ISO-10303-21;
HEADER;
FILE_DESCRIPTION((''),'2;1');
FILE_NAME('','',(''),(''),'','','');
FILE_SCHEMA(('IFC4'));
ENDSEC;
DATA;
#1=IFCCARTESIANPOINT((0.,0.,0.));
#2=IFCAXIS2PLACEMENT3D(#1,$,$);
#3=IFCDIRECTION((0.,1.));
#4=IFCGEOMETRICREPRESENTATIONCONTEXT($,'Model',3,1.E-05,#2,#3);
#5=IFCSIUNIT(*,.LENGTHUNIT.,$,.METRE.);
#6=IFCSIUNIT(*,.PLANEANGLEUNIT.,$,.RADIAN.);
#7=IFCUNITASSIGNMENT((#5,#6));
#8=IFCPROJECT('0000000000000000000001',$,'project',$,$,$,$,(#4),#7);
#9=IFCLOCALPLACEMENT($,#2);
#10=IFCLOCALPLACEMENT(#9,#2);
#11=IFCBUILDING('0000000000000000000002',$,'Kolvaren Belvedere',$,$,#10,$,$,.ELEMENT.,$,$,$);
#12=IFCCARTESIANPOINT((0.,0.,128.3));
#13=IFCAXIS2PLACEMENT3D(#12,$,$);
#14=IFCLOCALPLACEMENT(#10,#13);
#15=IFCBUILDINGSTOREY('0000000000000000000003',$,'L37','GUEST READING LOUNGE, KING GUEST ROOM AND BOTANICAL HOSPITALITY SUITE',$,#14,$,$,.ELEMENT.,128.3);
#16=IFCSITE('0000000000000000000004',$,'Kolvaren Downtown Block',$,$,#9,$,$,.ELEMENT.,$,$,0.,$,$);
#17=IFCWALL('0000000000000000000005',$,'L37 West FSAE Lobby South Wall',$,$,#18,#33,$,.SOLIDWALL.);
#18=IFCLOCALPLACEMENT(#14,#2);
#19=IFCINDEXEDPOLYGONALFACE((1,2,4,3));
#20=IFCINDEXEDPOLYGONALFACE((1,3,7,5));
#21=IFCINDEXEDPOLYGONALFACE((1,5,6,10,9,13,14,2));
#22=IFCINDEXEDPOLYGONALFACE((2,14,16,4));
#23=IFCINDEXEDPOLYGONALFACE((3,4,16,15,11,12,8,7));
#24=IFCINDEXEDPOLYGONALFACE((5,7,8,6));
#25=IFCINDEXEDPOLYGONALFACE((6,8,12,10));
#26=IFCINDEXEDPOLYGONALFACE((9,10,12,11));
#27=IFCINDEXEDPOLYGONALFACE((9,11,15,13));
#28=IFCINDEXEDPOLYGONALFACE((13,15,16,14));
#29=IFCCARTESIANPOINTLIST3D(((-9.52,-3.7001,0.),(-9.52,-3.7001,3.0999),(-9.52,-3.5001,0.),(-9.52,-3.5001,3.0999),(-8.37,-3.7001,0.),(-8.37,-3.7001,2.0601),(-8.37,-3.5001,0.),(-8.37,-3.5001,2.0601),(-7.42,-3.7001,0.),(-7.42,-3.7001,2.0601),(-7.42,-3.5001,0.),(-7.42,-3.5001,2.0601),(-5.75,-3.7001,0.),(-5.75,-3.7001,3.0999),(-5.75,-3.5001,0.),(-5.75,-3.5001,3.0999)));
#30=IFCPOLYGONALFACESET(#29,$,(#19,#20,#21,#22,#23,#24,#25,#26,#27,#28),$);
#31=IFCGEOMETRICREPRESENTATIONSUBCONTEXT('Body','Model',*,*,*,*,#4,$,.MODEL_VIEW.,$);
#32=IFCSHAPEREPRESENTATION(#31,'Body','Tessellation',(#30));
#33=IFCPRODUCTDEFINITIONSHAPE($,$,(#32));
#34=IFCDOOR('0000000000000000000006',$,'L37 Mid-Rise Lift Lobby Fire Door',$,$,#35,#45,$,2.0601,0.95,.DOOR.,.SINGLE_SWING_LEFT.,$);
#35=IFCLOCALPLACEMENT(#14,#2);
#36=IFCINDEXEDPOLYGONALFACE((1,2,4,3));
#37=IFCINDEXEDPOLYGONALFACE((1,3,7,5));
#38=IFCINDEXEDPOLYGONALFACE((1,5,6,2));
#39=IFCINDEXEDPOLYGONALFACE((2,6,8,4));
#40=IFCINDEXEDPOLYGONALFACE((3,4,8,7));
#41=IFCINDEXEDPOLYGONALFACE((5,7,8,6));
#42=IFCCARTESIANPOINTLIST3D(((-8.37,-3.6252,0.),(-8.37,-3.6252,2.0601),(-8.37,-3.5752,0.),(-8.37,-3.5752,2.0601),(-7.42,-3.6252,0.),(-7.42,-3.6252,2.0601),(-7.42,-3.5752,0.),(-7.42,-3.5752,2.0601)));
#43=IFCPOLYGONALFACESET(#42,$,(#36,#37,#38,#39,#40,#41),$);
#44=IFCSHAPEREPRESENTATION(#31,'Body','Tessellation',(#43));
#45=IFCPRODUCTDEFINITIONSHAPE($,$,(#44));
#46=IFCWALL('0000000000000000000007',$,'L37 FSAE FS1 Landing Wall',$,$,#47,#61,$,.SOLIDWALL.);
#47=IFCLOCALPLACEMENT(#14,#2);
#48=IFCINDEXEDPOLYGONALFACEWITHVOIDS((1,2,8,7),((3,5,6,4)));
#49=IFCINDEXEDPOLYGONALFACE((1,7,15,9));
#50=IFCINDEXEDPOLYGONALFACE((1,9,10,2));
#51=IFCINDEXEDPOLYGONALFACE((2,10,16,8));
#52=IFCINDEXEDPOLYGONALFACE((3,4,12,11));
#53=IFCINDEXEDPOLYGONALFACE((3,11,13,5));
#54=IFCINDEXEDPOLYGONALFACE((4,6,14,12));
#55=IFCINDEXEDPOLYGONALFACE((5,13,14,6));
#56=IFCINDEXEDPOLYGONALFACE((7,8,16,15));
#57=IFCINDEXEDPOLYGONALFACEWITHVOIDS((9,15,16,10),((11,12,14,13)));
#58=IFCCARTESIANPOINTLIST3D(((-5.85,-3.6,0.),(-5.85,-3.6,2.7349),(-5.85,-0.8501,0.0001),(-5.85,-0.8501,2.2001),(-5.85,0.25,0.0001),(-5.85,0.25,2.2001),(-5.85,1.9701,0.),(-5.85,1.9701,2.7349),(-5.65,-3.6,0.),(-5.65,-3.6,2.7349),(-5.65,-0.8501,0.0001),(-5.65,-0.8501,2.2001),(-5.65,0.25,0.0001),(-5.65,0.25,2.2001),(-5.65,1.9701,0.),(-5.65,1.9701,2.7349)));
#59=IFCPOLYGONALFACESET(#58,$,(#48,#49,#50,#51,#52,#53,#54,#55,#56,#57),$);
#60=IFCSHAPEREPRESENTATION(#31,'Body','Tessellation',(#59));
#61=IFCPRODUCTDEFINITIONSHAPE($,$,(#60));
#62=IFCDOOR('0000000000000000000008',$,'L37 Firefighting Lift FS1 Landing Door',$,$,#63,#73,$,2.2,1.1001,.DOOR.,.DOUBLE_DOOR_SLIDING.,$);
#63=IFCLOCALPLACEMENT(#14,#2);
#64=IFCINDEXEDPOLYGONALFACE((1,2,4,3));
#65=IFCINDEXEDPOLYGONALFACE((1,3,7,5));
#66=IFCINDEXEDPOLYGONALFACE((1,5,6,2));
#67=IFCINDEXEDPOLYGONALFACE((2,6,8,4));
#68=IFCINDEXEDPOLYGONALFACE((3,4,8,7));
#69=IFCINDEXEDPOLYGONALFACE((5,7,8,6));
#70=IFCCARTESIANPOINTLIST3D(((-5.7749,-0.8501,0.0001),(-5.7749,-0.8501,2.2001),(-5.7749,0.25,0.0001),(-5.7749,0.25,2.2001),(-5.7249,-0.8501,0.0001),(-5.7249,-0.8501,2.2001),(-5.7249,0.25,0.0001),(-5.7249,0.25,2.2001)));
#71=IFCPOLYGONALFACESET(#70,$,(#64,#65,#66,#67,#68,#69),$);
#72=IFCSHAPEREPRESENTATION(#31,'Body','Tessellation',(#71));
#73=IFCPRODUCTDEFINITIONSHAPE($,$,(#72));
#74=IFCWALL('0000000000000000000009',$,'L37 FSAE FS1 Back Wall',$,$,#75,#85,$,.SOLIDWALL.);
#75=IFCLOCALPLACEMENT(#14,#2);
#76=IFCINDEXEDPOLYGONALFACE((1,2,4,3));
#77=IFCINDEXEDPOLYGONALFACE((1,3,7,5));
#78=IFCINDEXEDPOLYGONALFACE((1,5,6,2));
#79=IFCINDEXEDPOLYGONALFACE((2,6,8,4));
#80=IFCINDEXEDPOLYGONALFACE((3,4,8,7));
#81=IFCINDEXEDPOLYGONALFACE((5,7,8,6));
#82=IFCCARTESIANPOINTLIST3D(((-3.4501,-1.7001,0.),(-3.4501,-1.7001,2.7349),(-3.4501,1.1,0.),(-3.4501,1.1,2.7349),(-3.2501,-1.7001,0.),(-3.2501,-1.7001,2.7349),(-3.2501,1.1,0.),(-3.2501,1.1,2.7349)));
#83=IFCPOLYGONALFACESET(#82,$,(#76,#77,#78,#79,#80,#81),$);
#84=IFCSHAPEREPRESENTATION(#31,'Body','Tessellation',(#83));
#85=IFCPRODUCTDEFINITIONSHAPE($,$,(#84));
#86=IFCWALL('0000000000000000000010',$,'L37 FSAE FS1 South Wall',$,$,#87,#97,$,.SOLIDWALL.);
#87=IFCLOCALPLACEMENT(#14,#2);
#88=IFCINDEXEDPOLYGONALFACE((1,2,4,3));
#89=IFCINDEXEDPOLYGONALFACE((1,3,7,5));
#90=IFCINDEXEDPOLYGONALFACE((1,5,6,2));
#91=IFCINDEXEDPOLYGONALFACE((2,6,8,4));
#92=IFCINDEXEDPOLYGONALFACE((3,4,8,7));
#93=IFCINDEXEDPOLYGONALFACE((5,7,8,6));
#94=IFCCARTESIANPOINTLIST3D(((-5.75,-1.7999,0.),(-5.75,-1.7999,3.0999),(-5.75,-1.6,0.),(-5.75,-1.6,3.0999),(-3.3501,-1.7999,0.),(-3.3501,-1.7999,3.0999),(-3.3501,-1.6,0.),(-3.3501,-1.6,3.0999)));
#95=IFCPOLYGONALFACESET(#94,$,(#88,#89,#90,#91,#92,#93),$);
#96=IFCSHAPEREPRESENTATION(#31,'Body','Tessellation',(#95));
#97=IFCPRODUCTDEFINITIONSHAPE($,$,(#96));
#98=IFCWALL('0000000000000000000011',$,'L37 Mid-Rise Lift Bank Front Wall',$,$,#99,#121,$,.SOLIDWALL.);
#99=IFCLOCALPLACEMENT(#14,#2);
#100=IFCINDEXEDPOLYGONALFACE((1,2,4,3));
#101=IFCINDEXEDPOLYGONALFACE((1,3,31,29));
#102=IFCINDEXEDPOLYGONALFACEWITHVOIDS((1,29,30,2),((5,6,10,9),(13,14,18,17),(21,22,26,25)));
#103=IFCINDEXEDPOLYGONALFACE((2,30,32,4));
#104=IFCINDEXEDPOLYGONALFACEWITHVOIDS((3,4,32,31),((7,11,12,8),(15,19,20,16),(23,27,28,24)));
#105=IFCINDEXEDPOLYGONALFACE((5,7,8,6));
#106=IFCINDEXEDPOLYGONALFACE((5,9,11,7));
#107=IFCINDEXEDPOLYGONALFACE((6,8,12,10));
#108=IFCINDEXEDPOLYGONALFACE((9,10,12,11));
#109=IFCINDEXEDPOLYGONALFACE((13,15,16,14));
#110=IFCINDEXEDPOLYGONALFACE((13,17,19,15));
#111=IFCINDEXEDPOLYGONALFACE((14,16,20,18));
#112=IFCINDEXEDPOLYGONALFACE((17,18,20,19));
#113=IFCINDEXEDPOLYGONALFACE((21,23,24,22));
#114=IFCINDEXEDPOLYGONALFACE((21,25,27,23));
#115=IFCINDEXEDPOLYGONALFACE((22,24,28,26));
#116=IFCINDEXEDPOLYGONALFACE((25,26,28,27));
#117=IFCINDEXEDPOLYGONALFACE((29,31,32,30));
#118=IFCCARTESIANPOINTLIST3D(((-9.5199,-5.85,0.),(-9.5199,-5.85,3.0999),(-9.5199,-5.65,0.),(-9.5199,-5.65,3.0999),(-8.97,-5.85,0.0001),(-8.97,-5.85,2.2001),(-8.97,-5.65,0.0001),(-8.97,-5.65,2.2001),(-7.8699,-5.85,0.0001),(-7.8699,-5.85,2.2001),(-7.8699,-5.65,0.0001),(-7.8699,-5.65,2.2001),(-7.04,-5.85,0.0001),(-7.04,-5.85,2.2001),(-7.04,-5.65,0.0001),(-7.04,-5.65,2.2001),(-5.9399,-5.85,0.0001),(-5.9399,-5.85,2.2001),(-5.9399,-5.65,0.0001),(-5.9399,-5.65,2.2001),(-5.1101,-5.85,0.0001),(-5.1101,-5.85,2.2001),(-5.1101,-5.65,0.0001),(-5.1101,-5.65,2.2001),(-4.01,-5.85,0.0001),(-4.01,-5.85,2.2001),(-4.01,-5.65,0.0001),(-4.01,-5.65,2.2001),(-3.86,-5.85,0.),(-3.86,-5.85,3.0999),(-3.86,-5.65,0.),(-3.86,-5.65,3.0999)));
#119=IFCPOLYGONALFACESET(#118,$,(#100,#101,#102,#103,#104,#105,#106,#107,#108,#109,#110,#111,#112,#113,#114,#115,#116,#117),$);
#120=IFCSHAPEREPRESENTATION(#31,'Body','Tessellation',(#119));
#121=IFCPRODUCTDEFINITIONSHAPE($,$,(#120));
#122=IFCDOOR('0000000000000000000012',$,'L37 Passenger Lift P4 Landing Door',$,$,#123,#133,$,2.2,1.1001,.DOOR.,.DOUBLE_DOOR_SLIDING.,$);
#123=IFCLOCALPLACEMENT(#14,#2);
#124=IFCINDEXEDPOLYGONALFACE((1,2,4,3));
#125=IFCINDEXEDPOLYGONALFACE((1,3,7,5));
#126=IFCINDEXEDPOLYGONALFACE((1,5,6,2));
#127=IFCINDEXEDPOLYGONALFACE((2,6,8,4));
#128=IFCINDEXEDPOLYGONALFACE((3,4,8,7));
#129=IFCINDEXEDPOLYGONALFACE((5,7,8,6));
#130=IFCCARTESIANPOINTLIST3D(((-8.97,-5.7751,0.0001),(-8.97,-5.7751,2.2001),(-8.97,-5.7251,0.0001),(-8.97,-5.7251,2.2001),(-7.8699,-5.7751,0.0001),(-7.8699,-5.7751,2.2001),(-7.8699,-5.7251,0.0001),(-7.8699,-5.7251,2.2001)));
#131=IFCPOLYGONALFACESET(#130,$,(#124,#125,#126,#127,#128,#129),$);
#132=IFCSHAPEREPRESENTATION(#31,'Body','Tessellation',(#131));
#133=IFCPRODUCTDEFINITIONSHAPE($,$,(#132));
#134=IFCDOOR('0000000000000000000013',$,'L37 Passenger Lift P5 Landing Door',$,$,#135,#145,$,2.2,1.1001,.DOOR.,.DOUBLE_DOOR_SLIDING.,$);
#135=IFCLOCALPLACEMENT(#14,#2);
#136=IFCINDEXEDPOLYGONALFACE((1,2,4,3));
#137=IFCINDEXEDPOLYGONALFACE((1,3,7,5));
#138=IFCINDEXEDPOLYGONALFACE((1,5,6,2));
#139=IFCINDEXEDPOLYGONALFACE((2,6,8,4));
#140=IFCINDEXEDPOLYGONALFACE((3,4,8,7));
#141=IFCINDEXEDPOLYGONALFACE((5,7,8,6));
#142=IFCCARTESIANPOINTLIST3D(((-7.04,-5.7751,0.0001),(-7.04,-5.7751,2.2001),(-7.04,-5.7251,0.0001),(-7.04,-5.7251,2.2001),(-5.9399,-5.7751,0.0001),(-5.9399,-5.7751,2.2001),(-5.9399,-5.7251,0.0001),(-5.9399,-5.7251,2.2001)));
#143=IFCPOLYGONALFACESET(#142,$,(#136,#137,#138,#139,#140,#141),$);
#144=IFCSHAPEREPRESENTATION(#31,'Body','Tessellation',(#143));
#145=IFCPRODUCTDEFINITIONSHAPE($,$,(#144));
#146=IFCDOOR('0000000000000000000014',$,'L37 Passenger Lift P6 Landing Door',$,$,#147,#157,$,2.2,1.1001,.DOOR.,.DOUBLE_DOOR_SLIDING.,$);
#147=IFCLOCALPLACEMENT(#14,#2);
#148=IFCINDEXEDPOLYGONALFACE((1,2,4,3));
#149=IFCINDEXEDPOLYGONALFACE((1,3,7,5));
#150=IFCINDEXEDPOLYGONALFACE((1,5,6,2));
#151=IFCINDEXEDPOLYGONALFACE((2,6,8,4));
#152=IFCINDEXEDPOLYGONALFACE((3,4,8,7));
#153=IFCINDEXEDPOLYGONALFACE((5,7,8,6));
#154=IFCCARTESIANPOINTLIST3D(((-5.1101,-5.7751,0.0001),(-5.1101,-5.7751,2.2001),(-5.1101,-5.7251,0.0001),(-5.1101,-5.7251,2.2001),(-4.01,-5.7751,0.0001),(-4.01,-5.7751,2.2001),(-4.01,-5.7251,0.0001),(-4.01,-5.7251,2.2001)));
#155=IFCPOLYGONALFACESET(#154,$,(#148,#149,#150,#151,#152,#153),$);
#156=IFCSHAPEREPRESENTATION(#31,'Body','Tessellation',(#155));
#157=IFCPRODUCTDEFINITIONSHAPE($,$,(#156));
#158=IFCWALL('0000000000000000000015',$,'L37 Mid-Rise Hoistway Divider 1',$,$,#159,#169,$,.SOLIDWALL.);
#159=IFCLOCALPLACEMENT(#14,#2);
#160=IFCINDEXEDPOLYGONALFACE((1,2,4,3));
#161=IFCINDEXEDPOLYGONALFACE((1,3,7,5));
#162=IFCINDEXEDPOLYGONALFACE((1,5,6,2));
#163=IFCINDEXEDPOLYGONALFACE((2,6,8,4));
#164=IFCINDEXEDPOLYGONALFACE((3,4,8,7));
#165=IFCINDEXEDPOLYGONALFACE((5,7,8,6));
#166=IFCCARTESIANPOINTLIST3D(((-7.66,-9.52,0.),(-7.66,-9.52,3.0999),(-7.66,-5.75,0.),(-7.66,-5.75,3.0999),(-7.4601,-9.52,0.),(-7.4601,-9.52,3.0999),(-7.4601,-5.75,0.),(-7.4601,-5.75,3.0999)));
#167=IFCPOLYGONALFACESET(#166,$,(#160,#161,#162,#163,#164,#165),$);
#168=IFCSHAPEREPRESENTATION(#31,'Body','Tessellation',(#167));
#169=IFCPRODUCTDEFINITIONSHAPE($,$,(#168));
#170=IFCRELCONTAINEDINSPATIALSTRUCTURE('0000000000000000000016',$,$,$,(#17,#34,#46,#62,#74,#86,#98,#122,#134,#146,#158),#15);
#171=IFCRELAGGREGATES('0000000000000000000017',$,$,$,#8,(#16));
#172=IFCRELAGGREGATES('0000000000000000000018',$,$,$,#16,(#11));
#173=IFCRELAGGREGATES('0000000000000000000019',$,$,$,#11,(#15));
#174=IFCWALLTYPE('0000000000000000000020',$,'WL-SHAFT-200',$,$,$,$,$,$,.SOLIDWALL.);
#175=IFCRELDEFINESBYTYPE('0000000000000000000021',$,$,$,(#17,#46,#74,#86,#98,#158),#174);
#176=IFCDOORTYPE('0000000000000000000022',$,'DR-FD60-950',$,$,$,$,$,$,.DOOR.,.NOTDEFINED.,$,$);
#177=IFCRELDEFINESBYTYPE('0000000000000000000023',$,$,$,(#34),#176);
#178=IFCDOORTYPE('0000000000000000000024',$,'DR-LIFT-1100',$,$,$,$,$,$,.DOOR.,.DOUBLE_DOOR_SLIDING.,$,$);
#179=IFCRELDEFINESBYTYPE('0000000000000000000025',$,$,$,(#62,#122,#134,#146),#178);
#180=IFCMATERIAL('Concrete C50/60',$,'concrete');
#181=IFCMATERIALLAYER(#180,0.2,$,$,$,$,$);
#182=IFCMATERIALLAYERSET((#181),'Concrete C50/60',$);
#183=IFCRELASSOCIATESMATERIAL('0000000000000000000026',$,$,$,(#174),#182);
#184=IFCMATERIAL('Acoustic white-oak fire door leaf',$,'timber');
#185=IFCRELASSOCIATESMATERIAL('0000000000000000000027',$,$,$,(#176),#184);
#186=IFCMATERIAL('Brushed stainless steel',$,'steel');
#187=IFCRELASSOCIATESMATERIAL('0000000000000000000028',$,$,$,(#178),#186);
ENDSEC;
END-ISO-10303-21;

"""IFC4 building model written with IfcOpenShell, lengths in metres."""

from ifc_helpers import new_model, si_unit, direction, frame, frame_2d, origin, place, context, subcontext, project, spatial, rectangle, extrude, material, layer, layer_set, type_object, element, fill, save


model = new_model("IFC4")

# Units and contexts
model_context = context("Model", 3, precision=1e-05, world=origin(), true_north=direction((0.0, 1.0)))
body_context = subcontext(model_context, "Body", "Model", "MODEL_VIEW")
ifc_project = project(units=[si_unit("LENGTHUNIT", "METRE"), si_unit("PLANEANGLEUNIT", "RADIAN")], contexts=[model_context])

# Site, building, storey
site_placement = place(None, origin())
site = spatial("IfcSite", under=ifc_project, at=site_placement, Name="Kolvaren Downtown Block", CompositionType="ELEMENT", RefElevation=0.0)
building_placement = place(site_placement, origin())
building = spatial("IfcBuilding", under=site, at=building_placement, Name="Kolvaren Belvedere", CompositionType="ELEMENT")
storey_placement = place(building_placement, frame((0.0, 0.0, 128.3)))
storey = spatial("IfcBuildingStorey", under=building, at=storey_placement, Name="L37", Description="GUEST READING LOUNGE, KING GUEST ROOM AND BOTANICAL HOSPITALITY SUITE", CompositionType="ELEMENT", Elevation=128.3)

# Walls, openings, doors
ifc_material_1 = material(Name="Concrete C50/60", Category="concrete")
ifc_layer_1 = layer(ifc_material_1, 0.2)
ifc_layer_set_1 = layer_set([ifc_layer_1], Name="Concrete C50/60")
wall_type_1 = type_object("IfcWallType", Name="WL-SHAFT-200", PredefinedType="SOLIDWALL", material=ifc_layer_set_1)
wall_1_placement = place(storey_placement, frame((-9.52, -3.6001, 0.0), z_axis=(0.0, 0.0, 1.0), x_axis=(1.0, 0.0, 0.0)))
wall_1 = element("IfcWall", 1, at=wall_1_placement, inside=storey, type_object=wall_type_1, Name="L37 West FSAE Lobby South Wall", PredefinedType="SOLIDWALL", context=body_context, shape_type="SweptSolid", body=[
    extrude(rectangle(XDim=3.77, YDim=0.2, at=frame_2d((1.885, 0.0))), origin(), (0.0, 0.0, 1.0), 3.0999),
])
opening_1_placement = place(wall_1_placement, frame((1.1499, 0.0, 0.0)))
opening_1 = element("IfcOpeningElement", 2, at=opening_1_placement, cuts=wall_1, PredefinedType="OPENING", context=body_context, shape_type="SweptSolid", body=[
    extrude(rectangle(XDim=0.95, YDim=2.0601, at=frame_2d((0.4751, 1.03))), frame((0.0, 0.1099, 0.0), z_axis=(0.0, -1.0, 0.0), x_axis=(1.0, 0.0, 0.0)), (0.0, 0.0, 1.0), 0.22),
])
ifc_material_2 = material(Name="Acoustic white-oak fire door leaf", Category="timber")
door_type_1 = type_object("IfcDoorType", Name="DR-FD60-950", OperationType="NOTDEFINED", PredefinedType="DOOR", material=ifc_material_2)
door_1_placement = place(opening_1_placement, origin())
door_1 = element("IfcDoor", 3, at=door_1_placement, inside=storey, type_object=door_type_1, Name="L37 Mid-Rise Lift Lobby Fire Door", OperationType="SINGLE_SWING_LEFT", OverallHeight=2.0601, OverallWidth=0.95, PredefinedType="DOOR", context=body_context, shape_type="SweptSolid", body=[
    extrude(rectangle(XDim=0.95, YDim=2.0601, at=frame_2d((0.4751, 1.03))), frame((0.0, 0.0249, 0.0), z_axis=(0.0, -1.0, 0.0), x_axis=(1.0, 0.0, 0.0)), (0.0, 0.0, 1.0), 0.05),
])
fill(opening_1, door_1)
wall_2_placement = place(storey_placement, frame((-5.75, -3.6001, 0.0), z_axis=(0.0, 0.0, 1.0), x_axis=(0.0, 1.0, 0.0)))
wall_2 = element("IfcWall", 4, at=wall_2_placement, inside=storey, type_object=wall_type_1, Name="L37 FSAE FS1 Landing Wall", PredefinedType="SOLIDWALL", context=body_context, shape_type="SweptSolid", body=[
    extrude(rectangle(XDim=5.5701, YDim=0.2, at=frame_2d((2.7852, 0.0))), origin(), (0.0, 0.0, 1.0), 2.7349),
])
opening_2_placement = place(wall_2_placement, frame((2.75, 0.0, 0.0)))
opening_2 = element("IfcOpeningElement", 5, at=opening_2_placement, cuts=wall_2, PredefinedType="OPENING", context=body_context, shape_type="SweptSolid", body=[
    extrude(rectangle(XDim=1.1001, YDim=2.2, at=frame_2d((0.55, 1.1001))), frame((0.0, 0.1099, 0.0), z_axis=(0.0, -1.0, 0.0), x_axis=(1.0, 0.0, 0.0)), (0.0, 0.0, 1.0), 0.22),
])
ifc_material_3 = material(Name="Brushed stainless steel", Category="steel")
door_type_2 = type_object("IfcDoorType", Name="DR-LIFT-1100", OperationType="DOUBLE_DOOR_SLIDING", PredefinedType="DOOR", material=ifc_material_3)
door_2_placement = place(opening_2_placement, origin())
door_2 = element("IfcDoor", 6, at=door_2_placement, inside=storey, type_object=door_type_2, Name="L37 Firefighting Lift FS1 Landing Door", OperationType="DOUBLE_DOOR_SLIDING", OverallHeight=2.2, OverallWidth=1.1001, PredefinedType="DOOR", context=body_context, shape_type="SweptSolid", body=[
    extrude(rectangle(XDim=1.1001, YDim=2.2, at=frame_2d((0.55, 1.1001))), frame((0.0, 0.0249, 0.0), z_axis=(0.0, -1.0, 0.0), x_axis=(1.0, 0.0, 0.0)), (0.0, 0.0, 1.0), 0.05),
])
fill(opening_2, door_2)

# Walls
wall_3_placement = place(storey_placement, frame((-3.3501, -1.7, 0.0), z_axis=(0.0, 0.0, 1.0), x_axis=(0.0, 1.0, 0.0)))
element("IfcWall", 7, at=wall_3_placement, inside=storey, type_object=wall_type_1, Name="L37 FSAE FS1 Back Wall", PredefinedType="SOLIDWALL", context=body_context, shape_type="SweptSolid", body=[
    extrude(rectangle(XDim=2.8, YDim=0.2, at=frame_2d((1.3999, 0.0))), origin(), (0.0, 0.0, 1.0), 2.7349),
])
wall_4_placement = place(storey_placement, frame((-5.75, -1.7, 0.0), z_axis=(0.0, 0.0, 1.0), x_axis=(1.0, 0.0, 0.0)))
element("IfcWall", 8, at=wall_4_placement, inside=storey, type_object=wall_type_1, Name="L37 FSAE FS1 South Wall", PredefinedType="SOLIDWALL", context=body_context, shape_type="SweptSolid", body=[
    extrude(rectangle(XDim=2.3999, YDim=0.2, at=frame_2d((1.2, 0.0))), origin(), (0.0, 0.0, 1.0), 3.0999),
])

# Wall, openings, doors
wall_5_placement = place(storey_placement, frame((-9.52, -5.75, 0.0), z_axis=(0.0, 0.0, 1.0), x_axis=(1.0, 0.0, 0.0)))
wall_5 = element("IfcWall", 9, at=wall_5_placement, inside=storey, type_object=wall_type_1, Name="L37 Mid-Rise Lift Bank Front Wall", PredefinedType="SOLIDWALL", context=body_context, shape_type="SweptSolid", body=[
    extrude(rectangle(XDim=5.6599, YDim=0.2, at=frame_2d((2.8301, 0.0))), origin(), (0.0, 0.0, 1.0), 3.0999),
])
opening_3_placement = place(wall_5_placement, frame((0.55, 0.0, 0.0)))
opening_3 = element("IfcOpeningElement", 10, at=opening_3_placement, cuts=wall_5, PredefinedType="OPENING", context=body_context, shape_type="SweptSolid", body=[
    extrude(rectangle(XDim=1.1001, YDim=2.2, at=frame_2d((0.55, 1.1001))), frame((0.0, 0.1099, 0.0), z_axis=(0.0, -1.0, 0.0), x_axis=(1.0, 0.0, 0.0)), (0.0, 0.0, 1.0), 0.22),
])
opening_4_placement = place(wall_5_placement, frame((2.48, 0.0, 0.0)))
opening_4 = element("IfcOpeningElement", 11, at=opening_4_placement, cuts=wall_5, PredefinedType="OPENING", context=body_context, shape_type="SweptSolid", body=[
    extrude(rectangle(XDim=1.1001, YDim=2.2, at=frame_2d((0.55, 1.1001))), frame((0.0, 0.1099, 0.0), z_axis=(0.0, -1.0, 0.0), x_axis=(1.0, 0.0, 0.0)), (0.0, 0.0, 1.0), 0.22),
])
opening_5_placement = place(wall_5_placement, frame((4.4099, 0.0, 0.0)))
opening_5 = element("IfcOpeningElement", 12, at=opening_5_placement, cuts=wall_5, PredefinedType="OPENING", context=body_context, shape_type="SweptSolid", body=[
    extrude(rectangle(XDim=1.1001, YDim=2.2, at=frame_2d((0.55, 1.1001))), frame((0.0, 0.1099, 0.0), z_axis=(0.0, -1.0, 0.0), x_axis=(1.0, 0.0, 0.0)), (0.0, 0.0, 1.0), 0.22),
])
door_3_placement = place(opening_3_placement, origin())
door_3 = element("IfcDoor", 13, at=door_3_placement, inside=storey, type_object=door_type_2, Name="L37 Passenger Lift P4 Landing Door", OperationType="DOUBLE_DOOR_SLIDING", OverallHeight=2.2, OverallWidth=1.1001, PredefinedType="DOOR", context=body_context, shape_type="SweptSolid", body=[
    extrude(rectangle(XDim=1.1001, YDim=2.2, at=frame_2d((0.55, 1.1001))), frame((0.0, 0.0249, 0.0), z_axis=(0.0, -1.0, 0.0), x_axis=(1.0, 0.0, 0.0)), (0.0, 0.0, 1.0), 0.05),
])
fill(opening_3, door_3)
door_4_placement = place(opening_4_placement, origin())
door_4 = element("IfcDoor", 14, at=door_4_placement, inside=storey, type_object=door_type_2, Name="L37 Passenger Lift P5 Landing Door", OperationType="DOUBLE_DOOR_SLIDING", OverallHeight=2.2, OverallWidth=1.1001, PredefinedType="DOOR", context=body_context, shape_type="SweptSolid", body=[
    extrude(rectangle(XDim=1.1001, YDim=2.2, at=frame_2d((0.55, 1.1001))), frame((0.0, 0.0249, 0.0), z_axis=(0.0, -1.0, 0.0), x_axis=(1.0, 0.0, 0.0)), (0.0, 0.0, 1.0), 0.05),
])
fill(opening_4, door_4)
door_5_placement = place(opening_5_placement, origin())
door_5 = element("IfcDoor", 15, at=door_5_placement, inside=storey, type_object=door_type_2, Name="L37 Passenger Lift P6 Landing Door", OperationType="DOUBLE_DOOR_SLIDING", OverallHeight=2.2, OverallWidth=1.1001, PredefinedType="DOOR", context=body_context, shape_type="SweptSolid", body=[
    extrude(rectangle(XDim=1.1001, YDim=2.2, at=frame_2d((0.55, 1.1001))), frame((0.0, 0.0249, 0.0), z_axis=(0.0, -1.0, 0.0), x_axis=(1.0, 0.0, 0.0)), (0.0, 0.0, 1.0), 0.05),
])
fill(opening_5, door_5)

# Wall
for number, where, z_axis, x_axis, name in (
    (16, (-7.5601, -9.52, 0.0), (0.0, 0.0, 1.0), (0.0, 1.0, 0.0), "L37 Mid-Rise Hoistway Divider 1"),
):
    element("IfcWall", number, at=place(storey_placement, frame(where, z_axis=z_axis, x_axis=x_axis)), inside=storey, type_object=wall_type_1, Name=name, PredefinedType="SOLIDWALL", context=body_context, shape_type="SweptSolid", body=[
        extrude(rectangle(XDim=3.77, YDim=0.2, at=frame_2d((1.885, 0.0))), origin(), (0.0, 0.0, 1.0), 3.0999),
    ])

save(model, "model.ifc")
